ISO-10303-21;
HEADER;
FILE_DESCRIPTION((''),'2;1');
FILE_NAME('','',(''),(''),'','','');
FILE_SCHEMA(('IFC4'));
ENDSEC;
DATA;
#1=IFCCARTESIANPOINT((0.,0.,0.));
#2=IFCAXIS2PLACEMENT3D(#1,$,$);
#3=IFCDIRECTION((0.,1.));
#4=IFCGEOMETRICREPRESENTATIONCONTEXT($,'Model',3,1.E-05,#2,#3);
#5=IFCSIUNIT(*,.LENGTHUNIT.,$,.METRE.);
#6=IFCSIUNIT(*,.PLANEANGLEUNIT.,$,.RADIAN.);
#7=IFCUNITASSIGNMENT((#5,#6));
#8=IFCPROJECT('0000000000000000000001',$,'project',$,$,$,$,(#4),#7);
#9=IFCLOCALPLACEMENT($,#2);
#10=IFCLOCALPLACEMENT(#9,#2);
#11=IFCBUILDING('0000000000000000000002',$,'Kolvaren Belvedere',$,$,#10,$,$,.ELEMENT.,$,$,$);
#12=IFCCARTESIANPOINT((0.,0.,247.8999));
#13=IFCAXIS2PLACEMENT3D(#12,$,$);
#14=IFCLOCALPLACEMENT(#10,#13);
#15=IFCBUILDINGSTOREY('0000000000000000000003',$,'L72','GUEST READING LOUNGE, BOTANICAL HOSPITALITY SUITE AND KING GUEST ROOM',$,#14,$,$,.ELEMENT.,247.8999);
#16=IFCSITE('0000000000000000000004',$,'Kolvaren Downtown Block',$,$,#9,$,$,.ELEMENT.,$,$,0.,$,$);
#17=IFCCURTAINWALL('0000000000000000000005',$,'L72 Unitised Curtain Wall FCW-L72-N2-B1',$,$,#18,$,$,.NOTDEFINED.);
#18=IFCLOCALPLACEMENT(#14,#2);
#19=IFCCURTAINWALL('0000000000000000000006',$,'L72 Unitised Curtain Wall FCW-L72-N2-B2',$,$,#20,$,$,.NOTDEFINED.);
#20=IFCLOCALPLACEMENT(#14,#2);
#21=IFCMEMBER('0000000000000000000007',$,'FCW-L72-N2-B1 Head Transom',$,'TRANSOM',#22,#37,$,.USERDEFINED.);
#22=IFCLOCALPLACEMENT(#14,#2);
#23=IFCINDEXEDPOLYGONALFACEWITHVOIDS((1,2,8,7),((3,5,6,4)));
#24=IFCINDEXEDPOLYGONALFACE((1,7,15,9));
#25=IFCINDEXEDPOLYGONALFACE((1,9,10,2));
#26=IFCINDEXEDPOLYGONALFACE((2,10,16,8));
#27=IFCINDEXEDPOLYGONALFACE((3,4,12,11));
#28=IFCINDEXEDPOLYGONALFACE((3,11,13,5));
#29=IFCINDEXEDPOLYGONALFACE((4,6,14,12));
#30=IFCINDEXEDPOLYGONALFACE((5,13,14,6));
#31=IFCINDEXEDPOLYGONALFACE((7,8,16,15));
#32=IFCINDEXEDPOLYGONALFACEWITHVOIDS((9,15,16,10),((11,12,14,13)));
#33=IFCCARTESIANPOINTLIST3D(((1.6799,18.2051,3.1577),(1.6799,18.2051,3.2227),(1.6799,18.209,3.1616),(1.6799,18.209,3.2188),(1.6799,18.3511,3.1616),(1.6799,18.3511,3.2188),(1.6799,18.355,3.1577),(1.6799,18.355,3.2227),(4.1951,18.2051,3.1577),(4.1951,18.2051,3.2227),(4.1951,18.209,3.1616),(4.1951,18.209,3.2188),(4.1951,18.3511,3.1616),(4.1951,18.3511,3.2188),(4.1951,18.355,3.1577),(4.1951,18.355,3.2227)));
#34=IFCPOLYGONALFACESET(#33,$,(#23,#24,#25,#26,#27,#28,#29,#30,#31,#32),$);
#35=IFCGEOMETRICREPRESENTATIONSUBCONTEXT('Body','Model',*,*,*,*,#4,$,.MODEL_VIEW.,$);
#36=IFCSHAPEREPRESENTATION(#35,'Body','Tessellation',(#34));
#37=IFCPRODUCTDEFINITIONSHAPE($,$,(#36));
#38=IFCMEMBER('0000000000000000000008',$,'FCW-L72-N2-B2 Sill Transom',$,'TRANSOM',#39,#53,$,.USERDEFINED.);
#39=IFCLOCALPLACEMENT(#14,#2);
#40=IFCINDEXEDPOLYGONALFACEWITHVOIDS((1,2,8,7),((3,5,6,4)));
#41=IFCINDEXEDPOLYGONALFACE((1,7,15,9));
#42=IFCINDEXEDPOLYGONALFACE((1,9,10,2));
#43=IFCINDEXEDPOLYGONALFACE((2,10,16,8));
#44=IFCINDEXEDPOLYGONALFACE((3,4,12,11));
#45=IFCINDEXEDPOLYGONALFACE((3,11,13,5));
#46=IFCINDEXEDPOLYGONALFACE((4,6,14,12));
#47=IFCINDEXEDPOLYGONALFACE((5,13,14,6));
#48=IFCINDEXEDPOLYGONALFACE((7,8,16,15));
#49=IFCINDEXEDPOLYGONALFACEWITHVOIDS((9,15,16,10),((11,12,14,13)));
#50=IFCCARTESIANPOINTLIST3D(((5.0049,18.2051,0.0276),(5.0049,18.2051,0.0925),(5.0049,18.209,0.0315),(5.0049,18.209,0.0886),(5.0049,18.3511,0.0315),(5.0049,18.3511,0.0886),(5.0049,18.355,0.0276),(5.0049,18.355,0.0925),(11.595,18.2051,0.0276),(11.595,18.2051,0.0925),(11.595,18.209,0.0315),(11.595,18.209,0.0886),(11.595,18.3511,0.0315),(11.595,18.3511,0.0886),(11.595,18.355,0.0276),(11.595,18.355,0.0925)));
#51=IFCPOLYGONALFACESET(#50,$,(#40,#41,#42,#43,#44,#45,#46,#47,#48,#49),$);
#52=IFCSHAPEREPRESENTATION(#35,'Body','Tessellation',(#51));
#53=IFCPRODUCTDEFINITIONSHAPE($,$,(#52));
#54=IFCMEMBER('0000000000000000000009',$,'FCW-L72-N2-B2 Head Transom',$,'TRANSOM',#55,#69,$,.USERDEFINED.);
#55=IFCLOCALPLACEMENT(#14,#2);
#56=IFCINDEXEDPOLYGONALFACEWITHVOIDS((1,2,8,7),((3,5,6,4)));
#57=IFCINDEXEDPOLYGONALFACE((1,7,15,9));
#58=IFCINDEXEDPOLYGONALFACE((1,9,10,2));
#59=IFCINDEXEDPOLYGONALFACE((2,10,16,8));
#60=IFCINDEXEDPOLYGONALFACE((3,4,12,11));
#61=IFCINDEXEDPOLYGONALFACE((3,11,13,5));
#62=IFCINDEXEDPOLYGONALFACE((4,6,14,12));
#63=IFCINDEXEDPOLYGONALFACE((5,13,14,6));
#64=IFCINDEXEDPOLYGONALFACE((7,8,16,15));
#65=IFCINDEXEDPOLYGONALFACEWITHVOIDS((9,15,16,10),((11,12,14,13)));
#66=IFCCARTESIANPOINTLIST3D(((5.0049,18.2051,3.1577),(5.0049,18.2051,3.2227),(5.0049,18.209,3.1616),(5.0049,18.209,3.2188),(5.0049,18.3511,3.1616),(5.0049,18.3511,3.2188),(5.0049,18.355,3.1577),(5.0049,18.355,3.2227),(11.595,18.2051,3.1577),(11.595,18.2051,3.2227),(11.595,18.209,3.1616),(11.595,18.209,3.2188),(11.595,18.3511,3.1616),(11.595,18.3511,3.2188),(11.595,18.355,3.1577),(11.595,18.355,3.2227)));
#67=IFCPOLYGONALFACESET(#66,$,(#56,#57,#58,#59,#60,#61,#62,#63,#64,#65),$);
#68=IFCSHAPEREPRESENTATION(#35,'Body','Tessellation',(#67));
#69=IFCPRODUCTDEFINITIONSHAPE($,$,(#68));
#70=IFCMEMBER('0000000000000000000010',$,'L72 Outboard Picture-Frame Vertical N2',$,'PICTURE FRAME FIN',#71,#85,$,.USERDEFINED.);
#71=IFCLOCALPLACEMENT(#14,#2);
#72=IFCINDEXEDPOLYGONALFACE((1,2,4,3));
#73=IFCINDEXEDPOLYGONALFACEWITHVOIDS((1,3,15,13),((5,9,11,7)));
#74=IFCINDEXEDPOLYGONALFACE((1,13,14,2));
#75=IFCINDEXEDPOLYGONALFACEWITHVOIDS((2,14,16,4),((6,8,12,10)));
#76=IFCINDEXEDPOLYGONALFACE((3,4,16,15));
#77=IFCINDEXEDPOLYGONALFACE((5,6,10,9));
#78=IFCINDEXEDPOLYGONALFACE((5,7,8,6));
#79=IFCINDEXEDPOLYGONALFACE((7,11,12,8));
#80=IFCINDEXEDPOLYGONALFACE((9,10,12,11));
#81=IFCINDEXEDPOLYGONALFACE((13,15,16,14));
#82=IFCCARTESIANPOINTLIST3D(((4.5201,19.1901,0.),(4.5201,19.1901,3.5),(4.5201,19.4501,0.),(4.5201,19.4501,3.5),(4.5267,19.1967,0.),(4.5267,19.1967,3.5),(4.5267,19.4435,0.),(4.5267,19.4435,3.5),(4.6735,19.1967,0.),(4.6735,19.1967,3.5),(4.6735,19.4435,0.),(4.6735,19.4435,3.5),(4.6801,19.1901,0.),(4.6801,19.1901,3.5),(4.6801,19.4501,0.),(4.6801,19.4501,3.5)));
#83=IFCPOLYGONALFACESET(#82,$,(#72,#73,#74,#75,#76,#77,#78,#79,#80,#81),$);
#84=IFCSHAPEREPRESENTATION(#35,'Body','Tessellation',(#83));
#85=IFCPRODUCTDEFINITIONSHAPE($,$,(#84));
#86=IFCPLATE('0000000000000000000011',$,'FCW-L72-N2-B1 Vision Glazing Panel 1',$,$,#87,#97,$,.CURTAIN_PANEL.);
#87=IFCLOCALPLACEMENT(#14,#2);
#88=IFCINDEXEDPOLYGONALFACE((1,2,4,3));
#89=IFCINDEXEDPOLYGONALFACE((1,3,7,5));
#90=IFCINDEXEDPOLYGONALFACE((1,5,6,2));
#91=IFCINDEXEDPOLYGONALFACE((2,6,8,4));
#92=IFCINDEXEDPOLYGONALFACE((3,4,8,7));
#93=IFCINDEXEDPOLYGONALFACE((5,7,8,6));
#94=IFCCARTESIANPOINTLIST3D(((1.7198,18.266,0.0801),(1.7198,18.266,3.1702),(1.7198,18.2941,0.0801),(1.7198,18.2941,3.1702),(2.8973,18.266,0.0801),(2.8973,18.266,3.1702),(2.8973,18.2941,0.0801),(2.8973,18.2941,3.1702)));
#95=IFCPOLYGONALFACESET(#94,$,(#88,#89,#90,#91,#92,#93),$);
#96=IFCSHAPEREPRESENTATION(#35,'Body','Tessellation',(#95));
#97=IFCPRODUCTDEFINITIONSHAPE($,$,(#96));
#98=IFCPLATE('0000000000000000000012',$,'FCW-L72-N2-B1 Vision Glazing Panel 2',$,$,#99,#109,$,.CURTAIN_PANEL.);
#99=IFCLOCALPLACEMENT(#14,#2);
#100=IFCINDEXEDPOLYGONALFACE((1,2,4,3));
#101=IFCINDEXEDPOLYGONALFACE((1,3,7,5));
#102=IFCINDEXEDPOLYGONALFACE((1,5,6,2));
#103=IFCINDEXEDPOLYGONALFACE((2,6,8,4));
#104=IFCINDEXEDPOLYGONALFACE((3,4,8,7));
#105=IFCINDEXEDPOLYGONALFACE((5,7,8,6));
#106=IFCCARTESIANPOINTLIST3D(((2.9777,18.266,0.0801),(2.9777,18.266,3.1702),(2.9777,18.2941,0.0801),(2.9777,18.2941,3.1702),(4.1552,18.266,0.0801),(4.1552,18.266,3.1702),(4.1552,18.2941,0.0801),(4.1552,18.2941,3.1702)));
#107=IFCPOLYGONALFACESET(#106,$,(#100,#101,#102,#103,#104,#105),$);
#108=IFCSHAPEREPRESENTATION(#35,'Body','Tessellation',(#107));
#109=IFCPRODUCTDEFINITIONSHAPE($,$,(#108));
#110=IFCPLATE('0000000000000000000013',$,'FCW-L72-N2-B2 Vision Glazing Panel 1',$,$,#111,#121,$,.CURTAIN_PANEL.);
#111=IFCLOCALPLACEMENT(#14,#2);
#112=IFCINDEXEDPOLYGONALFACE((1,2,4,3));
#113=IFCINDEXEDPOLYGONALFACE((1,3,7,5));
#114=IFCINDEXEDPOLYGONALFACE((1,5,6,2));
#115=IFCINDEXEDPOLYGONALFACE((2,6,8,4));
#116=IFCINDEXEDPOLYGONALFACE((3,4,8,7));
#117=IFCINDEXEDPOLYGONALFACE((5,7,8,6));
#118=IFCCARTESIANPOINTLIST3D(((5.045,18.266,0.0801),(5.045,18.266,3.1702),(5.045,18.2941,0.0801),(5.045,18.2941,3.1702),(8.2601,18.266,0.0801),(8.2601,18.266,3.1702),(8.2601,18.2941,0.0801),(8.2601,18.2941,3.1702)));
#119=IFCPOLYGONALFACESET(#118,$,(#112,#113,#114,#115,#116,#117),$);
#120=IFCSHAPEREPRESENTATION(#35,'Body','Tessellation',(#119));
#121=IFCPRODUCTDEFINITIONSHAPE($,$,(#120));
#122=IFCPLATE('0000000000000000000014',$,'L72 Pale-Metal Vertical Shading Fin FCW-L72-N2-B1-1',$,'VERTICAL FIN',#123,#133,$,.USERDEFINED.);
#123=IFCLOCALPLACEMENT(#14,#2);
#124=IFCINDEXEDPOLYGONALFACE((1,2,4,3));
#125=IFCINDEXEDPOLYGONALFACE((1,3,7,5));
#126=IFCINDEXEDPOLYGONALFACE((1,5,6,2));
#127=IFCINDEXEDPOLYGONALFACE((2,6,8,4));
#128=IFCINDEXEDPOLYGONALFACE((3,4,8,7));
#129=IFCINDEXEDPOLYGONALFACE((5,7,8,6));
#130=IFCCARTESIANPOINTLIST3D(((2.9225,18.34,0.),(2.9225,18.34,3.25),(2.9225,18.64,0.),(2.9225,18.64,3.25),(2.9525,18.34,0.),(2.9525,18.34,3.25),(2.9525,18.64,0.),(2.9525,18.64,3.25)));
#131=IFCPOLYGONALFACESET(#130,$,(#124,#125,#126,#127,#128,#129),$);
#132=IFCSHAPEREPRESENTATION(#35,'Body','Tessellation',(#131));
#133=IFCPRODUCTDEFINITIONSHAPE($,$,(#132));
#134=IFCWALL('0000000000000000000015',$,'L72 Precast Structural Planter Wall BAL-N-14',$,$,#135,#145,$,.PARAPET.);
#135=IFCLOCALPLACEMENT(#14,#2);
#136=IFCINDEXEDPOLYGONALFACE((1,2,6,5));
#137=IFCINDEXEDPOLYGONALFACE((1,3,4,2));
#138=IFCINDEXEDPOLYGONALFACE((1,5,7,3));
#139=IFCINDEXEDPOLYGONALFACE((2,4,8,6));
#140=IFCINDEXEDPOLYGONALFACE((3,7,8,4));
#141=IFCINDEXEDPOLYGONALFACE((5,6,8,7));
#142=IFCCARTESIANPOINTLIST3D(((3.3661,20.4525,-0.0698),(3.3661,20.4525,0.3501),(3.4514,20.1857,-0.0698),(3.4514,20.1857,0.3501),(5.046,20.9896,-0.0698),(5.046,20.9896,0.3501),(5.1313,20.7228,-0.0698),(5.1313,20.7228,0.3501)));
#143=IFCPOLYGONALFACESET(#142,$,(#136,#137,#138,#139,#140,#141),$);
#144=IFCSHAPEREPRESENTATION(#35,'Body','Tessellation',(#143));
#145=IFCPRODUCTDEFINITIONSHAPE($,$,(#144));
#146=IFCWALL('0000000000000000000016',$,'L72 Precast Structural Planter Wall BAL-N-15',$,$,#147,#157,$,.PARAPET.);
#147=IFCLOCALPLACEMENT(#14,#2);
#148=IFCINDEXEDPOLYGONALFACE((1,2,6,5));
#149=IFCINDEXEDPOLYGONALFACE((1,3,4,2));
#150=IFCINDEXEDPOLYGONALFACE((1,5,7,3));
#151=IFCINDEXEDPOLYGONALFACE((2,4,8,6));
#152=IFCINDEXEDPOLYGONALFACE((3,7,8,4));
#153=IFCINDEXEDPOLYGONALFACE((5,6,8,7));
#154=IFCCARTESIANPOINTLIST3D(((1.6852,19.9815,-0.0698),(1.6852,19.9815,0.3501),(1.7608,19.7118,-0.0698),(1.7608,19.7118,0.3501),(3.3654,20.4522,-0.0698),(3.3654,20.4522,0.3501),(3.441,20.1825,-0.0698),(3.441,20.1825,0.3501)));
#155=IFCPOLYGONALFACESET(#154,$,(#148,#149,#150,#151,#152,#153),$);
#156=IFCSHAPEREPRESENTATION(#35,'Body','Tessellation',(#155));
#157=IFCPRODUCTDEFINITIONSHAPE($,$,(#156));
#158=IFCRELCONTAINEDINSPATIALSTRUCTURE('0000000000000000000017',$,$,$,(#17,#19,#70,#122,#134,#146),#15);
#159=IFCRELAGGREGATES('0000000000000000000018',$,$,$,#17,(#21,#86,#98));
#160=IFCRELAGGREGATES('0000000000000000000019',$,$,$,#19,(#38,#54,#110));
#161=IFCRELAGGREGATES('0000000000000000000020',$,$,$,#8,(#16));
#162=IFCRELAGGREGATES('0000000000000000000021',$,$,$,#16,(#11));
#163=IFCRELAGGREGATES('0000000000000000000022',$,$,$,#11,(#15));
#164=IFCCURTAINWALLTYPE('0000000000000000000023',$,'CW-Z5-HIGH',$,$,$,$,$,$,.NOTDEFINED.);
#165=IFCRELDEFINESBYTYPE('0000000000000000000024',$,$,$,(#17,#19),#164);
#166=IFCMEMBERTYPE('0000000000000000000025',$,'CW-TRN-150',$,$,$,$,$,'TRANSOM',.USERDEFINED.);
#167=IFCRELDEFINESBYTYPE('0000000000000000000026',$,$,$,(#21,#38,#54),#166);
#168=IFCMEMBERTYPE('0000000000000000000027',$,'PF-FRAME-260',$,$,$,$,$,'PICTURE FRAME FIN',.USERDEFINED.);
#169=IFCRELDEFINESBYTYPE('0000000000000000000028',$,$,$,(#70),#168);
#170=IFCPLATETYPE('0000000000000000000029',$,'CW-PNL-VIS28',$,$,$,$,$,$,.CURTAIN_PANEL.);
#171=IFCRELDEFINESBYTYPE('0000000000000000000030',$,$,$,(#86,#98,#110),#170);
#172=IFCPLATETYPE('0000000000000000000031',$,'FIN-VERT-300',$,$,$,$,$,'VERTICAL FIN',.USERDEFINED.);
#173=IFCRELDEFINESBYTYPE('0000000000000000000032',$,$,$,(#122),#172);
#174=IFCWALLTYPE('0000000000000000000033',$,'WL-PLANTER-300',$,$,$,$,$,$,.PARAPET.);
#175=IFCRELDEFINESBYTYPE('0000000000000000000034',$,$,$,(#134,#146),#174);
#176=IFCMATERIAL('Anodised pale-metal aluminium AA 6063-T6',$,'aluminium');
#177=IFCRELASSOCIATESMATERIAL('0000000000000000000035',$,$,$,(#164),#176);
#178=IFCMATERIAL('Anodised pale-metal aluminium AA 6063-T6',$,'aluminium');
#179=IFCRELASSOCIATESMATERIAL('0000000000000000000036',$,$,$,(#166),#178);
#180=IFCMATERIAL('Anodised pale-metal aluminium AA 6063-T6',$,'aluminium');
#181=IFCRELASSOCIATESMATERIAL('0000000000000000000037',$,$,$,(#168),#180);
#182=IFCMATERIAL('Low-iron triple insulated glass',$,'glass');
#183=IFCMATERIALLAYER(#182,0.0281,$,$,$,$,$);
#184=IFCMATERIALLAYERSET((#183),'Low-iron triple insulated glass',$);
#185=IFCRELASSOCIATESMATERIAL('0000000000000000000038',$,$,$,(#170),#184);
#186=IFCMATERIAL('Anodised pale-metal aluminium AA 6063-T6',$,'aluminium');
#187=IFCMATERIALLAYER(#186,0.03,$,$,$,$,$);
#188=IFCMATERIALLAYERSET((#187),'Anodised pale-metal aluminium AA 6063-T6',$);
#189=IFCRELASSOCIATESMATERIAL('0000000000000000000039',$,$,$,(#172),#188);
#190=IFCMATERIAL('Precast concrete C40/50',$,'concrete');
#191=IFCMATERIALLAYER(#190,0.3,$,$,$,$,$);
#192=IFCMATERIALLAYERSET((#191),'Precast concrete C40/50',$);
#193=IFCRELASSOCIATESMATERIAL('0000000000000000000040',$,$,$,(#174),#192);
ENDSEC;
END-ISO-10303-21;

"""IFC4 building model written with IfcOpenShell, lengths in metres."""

from ifc_helpers import new_model, si_unit, direction, frame, frame_2d, origin, origin_2d, place, context, subcontext, project, spatial, rectangle, hollow_rectangle, extrude, material, layer, layer_set, material_profile, profile_set, type_object, element, aggregate, save


model = new_model("IFC4")

# Units and contexts
model_context = context("Model", 3, precision=1e-05, world=origin(), true_north=direction((0.0, 1.0)))
body_context = subcontext(model_context, "Body", "Model", "MODEL_VIEW")
ifc_project = project(units=[si_unit("LENGTHUNIT", "METRE"), si_unit("PLANEANGLEUNIT", "RADIAN")], contexts=[model_context])

# Site, building, storey
site_placement = place(None, origin())
site = spatial("IfcSite", under=ifc_project, at=site_placement, Name="Kolvaren Downtown Block", CompositionType="ELEMENT", RefElevation=0.0)
building_placement = place(site_placement, origin())
building = spatial("IfcBuilding", under=site, at=building_placement, Name="Kolvaren Belvedere", CompositionType="ELEMENT")
storey_placement = place(building_placement, frame((0.0, 0.0, 247.8999)))
storey = spatial("IfcBuildingStorey", under=building, at=storey_placement, Name="L72", Description="GUEST READING LOUNGE, BOTANICAL HOSPITALITY SUITE AND KING GUEST ROOM", CompositionType="ELEMENT", Elevation=247.8999)

# Curtain wall
ifc_material_1 = material(Name="Anodised pale-metal aluminium AA 6063-T6", Category="aluminium")
curtain_wall_type = type_object("IfcCurtainWallType", Name="CW-Z5-HIGH", PredefinedType="NOTDEFINED", material=ifc_material_1)
curtain_wall_1_placement = place(storey_placement, origin())
curtain_wall_1 = element("IfcCurtainWall", 1, at=curtain_wall_1_placement, inside=storey, type_object=curtain_wall_type, Name="L72 Unitised Curtain Wall FCW-L72-N2-B1", PredefinedType="NOTDEFINED")

# Curtain wall
curtain_wall_2_placement = place(storey_placement, origin())
curtain_wall_2 = element("IfcCurtainWall", 2, at=curtain_wall_2_placement, inside=storey, type_object=curtain_wall_type, Name="L72 Unitised Curtain Wall FCW-L72-N2-B2", PredefinedType="NOTDEFINED")

# Members
ifc_material_2 = material(Name="Anodised pale-metal aluminium AA 6063-T6", Category="aluminium")
ifc_material_profile_1 = material_profile(ifc_material_2, hollow_rectangle(XDim=0.0649, YDim=0.1499, WallThickness=0.0039, at=origin_2d()), Name="ALU-TRN-150X65")
ifc_profile_set_1 = profile_set([ifc_material_profile_1], Name="Anodised pale-metal aluminium AA 6063-T6")
member_type_1 = type_object("IfcMemberType", Name="CW-TRN-150", ElementType="TRANSOM", PredefinedType="USERDEFINED", material=ifc_profile_set_1)
member_1_placement = place(storey_placement, frame((1.6799, 18.28, 3.1902), z_axis=(1.0, 0.0, 0.0), x_axis=(0.0, 0.0, 1.0)))
member_1 = element("IfcMember", 3, at=member_1_placement, type_object=member_type_1, Name="FCW-L72-N2-B1 Head Transom", ObjectType="TRANSOM", PredefinedType="USERDEFINED", context=body_context, shape_type="SweptSolid", body=[
    extrude(hollow_rectangle(XDim=0.0649, YDim=0.1499, WallThickness=0.0039, at=origin_2d()), origin(), (0.0, 0.0, 1.0), 2.5151),
])
member_2_placement = place(storey_placement, frame((5.0049, 18.28, 0.0601), z_axis=(1.0, 0.0, 0.0), x_axis=(0.0, 0.0, 1.0)))
member_2 = element("IfcMember", 4, at=member_2_placement, type_object=member_type_1, Name="FCW-L72-N2-B2 Sill Transom", ObjectType="TRANSOM", PredefinedType="USERDEFINED", context=body_context, shape_type="SweptSolid", body=[
    extrude(hollow_rectangle(XDim=0.0649, YDim=0.1499, WallThickness=0.0039, at=origin_2d()), origin(), (0.0, 0.0, 1.0), 6.5901),
])
member_3_placement = place(storey_placement, frame((5.0049, 18.28, 3.1902), z_axis=(1.0, 0.0, 0.0), x_axis=(0.0, 0.0, 1.0)))
member_3 = element("IfcMember", 5, at=member_3_placement, type_object=member_type_1, Name="FCW-L72-N2-B2 Head Transom", ObjectType="TRANSOM", PredefinedType="USERDEFINED", context=body_context, shape_type="SweptSolid", body=[
    extrude(hollow_rectangle(XDim=0.0649, YDim=0.1499, WallThickness=0.0039, at=origin_2d()), origin(), (0.0, 0.0, 1.0), 6.5901),
])
ifc_material_3 = material(Name="Anodised pale-metal aluminium AA 6063-T6", Category="aluminium")
ifc_material_profile_2 = material_profile(ifc_material_3, hollow_rectangle(XDim=0.1599, YDim=0.26, WallThickness=0.0066, at=origin_2d()), Name="ALU-PF-260X160")
ifc_profile_set_2 = profile_set([ifc_material_profile_2], Name="Anodised pale-metal aluminium AA 6063-T6")
member_type_2 = type_object("IfcMemberType", Name="PF-FRAME-260", ElementType="PICTURE FRAME FIN", PredefinedType="USERDEFINED", material=ifc_profile_set_2)
member_4_placement = place(storey_placement, frame((4.6001, 19.3201, 0.0), z_axis=(0.0, 0.0, 1.0), x_axis=(1.0, 0.0, 0.0)))
element("IfcMember", 6, at=member_4_placement, inside=storey, type_object=member_type_2, Name="L72 Outboard Picture-Frame Vertical N2", ObjectType="PICTURE FRAME FIN", PredefinedType="USERDEFINED", context=body_context, shape_type="SweptSolid", body=[
    extrude(hollow_rectangle(XDim=0.1599, YDim=0.26, WallThickness=0.0066, at=origin_2d()), origin(), (0.0, 0.0, 1.0), 3.5),
])

# Plates
ifc_material_4 = material(Name="Low-iron triple insulated glass", Category="glass")
ifc_layer_1 = layer(ifc_material_4, 0.0281)
ifc_layer_set_1 = layer_set([ifc_layer_1], Name="Low-iron triple insulated glass")
plate_type_1 = type_object("IfcPlateType", Name="CW-PNL-VIS28", PredefinedType="CURTAIN_PANEL", material=ifc_layer_set_1)
plate_1_placement = place(storey_placement, frame((2.3086, 18.28, 0.0801), z_axis=(0.0, 0.0, 1.0), x_axis=(1.0, 0.0, 0.0)))
plate_1 = element("IfcPlate", 7, at=plate_1_placement, type_object=plate_type_1, Name="FCW-L72-N2-B1 Vision Glazing Panel 1", PredefinedType="CURTAIN_PANEL", context=body_context, shape_type="SweptSolid", body=[
    extrude(rectangle(XDim=1.1775, YDim=0.0281, at=origin_2d()), origin(), (0.0, 0.0, 1.0), 3.0901),
])
plate_2_placement = place(storey_placement, frame((3.5664, 18.28, 0.0801), z_axis=(0.0, 0.0, 1.0), x_axis=(1.0, 0.0, 0.0)))
plate_2 = element("IfcPlate", 8, at=plate_2_placement, type_object=plate_type_1, Name="FCW-L72-N2-B1 Vision Glazing Panel 2", PredefinedType="CURTAIN_PANEL", context=body_context, shape_type="SweptSolid", body=[
    extrude(rectangle(XDim=1.1775, YDim=0.0281, at=origin_2d()), origin(), (0.0, 0.0, 1.0), 3.0901),
])
aggregate(curtain_wall_1, [member_1, plate_1, plate_2])
plate_3_placement = place(storey_placement, frame((6.6526, 18.28, 0.0801), z_axis=(0.0, 0.0, 1.0), x_axis=(1.0, 0.0, 0.0)))
plate_3 = element("IfcPlate", 9, at=plate_3_placement, type_object=plate_type_1, Name="FCW-L72-N2-B2 Vision Glazing Panel 1", PredefinedType="CURTAIN_PANEL", context=body_context, shape_type="SweptSolid", body=[
    extrude(rectangle(XDim=3.2151, YDim=0.0281, at=origin_2d()), origin(), (0.0, 0.0, 1.0), 3.0901),
])
aggregate(curtain_wall_2, [member_2, member_3, plate_3])
ifc_material_5 = material(Name="Anodised pale-metal aluminium AA 6063-T6", Category="aluminium")
ifc_layer_2 = layer(ifc_material_5, 0.03)
ifc_layer_set_2 = layer_set([ifc_layer_2], Name="Anodised pale-metal aluminium AA 6063-T6")
plate_type_2 = type_object("IfcPlateType", Name="FIN-VERT-300", ElementType="VERTICAL FIN", PredefinedType="USERDEFINED", material=ifc_layer_set_2)
plate_4_placement = place(storey_placement, frame((2.9375, 18.49, 0.0), z_axis=(0.0, 0.0, 1.0), x_axis=(0.0, 1.0, 0.0)))
element("IfcPlate", 10, at=plate_4_placement, inside=storey, type_object=plate_type_2, Name="L72 Pale-Metal Vertical Shading Fin FCW-L72-N2-B1-1", ObjectType="VERTICAL FIN", PredefinedType="USERDEFINED", context=body_context, shape_type="SweptSolid", body=[
    extrude(rectangle(XDim=0.3, YDim=0.03, at=origin_2d()), origin(), (0.0, 0.0, 1.0), 3.25),
])

# Walls
ifc_material_6 = material(Name="Precast concrete C40/50", Category="concrete")
ifc_layer_3 = layer(ifc_material_6, 0.3)
ifc_layer_set_3 = layer_set([ifc_layer_3], Name="Precast concrete C40/50")
wall_type = type_object("IfcWallType", Name="WL-PLANTER-300", PredefinedType="PARAPET", material=ifc_layer_set_3)
wall_1_placement = place(storey_placement, frame((5.0886, 20.8562, -0.0698), z_axis=(0.0, 0.0, 1.0), x_axis=(-0.952501, -0.304535, 0.0)))
element("IfcWall", 11, at=wall_1_placement, inside=storey, type_object=wall_type, Name="L72 Precast Structural Planter Wall BAL-N-14", PredefinedType="PARAPET", context=body_context, shape_type="SweptSolid", body=[
    extrude(rectangle(XDim=1.7637, YDim=0.28, at=frame_2d((0.8818, 0.0))), origin(), (0.0, 0.0, 1.0), 0.4199),
])
wall_2_placement = place(storey_placement, frame((3.4033, 20.3174, -0.0698), z_axis=(0.0, 0.0, 1.0), x_axis=(-0.962926, -0.269765, 0.0)))
element("IfcWall", 12, at=wall_2_placement, inside=storey, type_object=wall_type, Name="L72 Precast Structural Planter Wall BAL-N-15", PredefinedType="PARAPET", context=body_context, shape_type="SweptSolid", body=[
    extrude(rectangle(XDim=1.7449, YDim=0.28, at=frame_2d((0.8726, 0.0))), origin(), (0.0, 0.0, 1.0), 0.4199),
])

save(model, "model.ifc")
